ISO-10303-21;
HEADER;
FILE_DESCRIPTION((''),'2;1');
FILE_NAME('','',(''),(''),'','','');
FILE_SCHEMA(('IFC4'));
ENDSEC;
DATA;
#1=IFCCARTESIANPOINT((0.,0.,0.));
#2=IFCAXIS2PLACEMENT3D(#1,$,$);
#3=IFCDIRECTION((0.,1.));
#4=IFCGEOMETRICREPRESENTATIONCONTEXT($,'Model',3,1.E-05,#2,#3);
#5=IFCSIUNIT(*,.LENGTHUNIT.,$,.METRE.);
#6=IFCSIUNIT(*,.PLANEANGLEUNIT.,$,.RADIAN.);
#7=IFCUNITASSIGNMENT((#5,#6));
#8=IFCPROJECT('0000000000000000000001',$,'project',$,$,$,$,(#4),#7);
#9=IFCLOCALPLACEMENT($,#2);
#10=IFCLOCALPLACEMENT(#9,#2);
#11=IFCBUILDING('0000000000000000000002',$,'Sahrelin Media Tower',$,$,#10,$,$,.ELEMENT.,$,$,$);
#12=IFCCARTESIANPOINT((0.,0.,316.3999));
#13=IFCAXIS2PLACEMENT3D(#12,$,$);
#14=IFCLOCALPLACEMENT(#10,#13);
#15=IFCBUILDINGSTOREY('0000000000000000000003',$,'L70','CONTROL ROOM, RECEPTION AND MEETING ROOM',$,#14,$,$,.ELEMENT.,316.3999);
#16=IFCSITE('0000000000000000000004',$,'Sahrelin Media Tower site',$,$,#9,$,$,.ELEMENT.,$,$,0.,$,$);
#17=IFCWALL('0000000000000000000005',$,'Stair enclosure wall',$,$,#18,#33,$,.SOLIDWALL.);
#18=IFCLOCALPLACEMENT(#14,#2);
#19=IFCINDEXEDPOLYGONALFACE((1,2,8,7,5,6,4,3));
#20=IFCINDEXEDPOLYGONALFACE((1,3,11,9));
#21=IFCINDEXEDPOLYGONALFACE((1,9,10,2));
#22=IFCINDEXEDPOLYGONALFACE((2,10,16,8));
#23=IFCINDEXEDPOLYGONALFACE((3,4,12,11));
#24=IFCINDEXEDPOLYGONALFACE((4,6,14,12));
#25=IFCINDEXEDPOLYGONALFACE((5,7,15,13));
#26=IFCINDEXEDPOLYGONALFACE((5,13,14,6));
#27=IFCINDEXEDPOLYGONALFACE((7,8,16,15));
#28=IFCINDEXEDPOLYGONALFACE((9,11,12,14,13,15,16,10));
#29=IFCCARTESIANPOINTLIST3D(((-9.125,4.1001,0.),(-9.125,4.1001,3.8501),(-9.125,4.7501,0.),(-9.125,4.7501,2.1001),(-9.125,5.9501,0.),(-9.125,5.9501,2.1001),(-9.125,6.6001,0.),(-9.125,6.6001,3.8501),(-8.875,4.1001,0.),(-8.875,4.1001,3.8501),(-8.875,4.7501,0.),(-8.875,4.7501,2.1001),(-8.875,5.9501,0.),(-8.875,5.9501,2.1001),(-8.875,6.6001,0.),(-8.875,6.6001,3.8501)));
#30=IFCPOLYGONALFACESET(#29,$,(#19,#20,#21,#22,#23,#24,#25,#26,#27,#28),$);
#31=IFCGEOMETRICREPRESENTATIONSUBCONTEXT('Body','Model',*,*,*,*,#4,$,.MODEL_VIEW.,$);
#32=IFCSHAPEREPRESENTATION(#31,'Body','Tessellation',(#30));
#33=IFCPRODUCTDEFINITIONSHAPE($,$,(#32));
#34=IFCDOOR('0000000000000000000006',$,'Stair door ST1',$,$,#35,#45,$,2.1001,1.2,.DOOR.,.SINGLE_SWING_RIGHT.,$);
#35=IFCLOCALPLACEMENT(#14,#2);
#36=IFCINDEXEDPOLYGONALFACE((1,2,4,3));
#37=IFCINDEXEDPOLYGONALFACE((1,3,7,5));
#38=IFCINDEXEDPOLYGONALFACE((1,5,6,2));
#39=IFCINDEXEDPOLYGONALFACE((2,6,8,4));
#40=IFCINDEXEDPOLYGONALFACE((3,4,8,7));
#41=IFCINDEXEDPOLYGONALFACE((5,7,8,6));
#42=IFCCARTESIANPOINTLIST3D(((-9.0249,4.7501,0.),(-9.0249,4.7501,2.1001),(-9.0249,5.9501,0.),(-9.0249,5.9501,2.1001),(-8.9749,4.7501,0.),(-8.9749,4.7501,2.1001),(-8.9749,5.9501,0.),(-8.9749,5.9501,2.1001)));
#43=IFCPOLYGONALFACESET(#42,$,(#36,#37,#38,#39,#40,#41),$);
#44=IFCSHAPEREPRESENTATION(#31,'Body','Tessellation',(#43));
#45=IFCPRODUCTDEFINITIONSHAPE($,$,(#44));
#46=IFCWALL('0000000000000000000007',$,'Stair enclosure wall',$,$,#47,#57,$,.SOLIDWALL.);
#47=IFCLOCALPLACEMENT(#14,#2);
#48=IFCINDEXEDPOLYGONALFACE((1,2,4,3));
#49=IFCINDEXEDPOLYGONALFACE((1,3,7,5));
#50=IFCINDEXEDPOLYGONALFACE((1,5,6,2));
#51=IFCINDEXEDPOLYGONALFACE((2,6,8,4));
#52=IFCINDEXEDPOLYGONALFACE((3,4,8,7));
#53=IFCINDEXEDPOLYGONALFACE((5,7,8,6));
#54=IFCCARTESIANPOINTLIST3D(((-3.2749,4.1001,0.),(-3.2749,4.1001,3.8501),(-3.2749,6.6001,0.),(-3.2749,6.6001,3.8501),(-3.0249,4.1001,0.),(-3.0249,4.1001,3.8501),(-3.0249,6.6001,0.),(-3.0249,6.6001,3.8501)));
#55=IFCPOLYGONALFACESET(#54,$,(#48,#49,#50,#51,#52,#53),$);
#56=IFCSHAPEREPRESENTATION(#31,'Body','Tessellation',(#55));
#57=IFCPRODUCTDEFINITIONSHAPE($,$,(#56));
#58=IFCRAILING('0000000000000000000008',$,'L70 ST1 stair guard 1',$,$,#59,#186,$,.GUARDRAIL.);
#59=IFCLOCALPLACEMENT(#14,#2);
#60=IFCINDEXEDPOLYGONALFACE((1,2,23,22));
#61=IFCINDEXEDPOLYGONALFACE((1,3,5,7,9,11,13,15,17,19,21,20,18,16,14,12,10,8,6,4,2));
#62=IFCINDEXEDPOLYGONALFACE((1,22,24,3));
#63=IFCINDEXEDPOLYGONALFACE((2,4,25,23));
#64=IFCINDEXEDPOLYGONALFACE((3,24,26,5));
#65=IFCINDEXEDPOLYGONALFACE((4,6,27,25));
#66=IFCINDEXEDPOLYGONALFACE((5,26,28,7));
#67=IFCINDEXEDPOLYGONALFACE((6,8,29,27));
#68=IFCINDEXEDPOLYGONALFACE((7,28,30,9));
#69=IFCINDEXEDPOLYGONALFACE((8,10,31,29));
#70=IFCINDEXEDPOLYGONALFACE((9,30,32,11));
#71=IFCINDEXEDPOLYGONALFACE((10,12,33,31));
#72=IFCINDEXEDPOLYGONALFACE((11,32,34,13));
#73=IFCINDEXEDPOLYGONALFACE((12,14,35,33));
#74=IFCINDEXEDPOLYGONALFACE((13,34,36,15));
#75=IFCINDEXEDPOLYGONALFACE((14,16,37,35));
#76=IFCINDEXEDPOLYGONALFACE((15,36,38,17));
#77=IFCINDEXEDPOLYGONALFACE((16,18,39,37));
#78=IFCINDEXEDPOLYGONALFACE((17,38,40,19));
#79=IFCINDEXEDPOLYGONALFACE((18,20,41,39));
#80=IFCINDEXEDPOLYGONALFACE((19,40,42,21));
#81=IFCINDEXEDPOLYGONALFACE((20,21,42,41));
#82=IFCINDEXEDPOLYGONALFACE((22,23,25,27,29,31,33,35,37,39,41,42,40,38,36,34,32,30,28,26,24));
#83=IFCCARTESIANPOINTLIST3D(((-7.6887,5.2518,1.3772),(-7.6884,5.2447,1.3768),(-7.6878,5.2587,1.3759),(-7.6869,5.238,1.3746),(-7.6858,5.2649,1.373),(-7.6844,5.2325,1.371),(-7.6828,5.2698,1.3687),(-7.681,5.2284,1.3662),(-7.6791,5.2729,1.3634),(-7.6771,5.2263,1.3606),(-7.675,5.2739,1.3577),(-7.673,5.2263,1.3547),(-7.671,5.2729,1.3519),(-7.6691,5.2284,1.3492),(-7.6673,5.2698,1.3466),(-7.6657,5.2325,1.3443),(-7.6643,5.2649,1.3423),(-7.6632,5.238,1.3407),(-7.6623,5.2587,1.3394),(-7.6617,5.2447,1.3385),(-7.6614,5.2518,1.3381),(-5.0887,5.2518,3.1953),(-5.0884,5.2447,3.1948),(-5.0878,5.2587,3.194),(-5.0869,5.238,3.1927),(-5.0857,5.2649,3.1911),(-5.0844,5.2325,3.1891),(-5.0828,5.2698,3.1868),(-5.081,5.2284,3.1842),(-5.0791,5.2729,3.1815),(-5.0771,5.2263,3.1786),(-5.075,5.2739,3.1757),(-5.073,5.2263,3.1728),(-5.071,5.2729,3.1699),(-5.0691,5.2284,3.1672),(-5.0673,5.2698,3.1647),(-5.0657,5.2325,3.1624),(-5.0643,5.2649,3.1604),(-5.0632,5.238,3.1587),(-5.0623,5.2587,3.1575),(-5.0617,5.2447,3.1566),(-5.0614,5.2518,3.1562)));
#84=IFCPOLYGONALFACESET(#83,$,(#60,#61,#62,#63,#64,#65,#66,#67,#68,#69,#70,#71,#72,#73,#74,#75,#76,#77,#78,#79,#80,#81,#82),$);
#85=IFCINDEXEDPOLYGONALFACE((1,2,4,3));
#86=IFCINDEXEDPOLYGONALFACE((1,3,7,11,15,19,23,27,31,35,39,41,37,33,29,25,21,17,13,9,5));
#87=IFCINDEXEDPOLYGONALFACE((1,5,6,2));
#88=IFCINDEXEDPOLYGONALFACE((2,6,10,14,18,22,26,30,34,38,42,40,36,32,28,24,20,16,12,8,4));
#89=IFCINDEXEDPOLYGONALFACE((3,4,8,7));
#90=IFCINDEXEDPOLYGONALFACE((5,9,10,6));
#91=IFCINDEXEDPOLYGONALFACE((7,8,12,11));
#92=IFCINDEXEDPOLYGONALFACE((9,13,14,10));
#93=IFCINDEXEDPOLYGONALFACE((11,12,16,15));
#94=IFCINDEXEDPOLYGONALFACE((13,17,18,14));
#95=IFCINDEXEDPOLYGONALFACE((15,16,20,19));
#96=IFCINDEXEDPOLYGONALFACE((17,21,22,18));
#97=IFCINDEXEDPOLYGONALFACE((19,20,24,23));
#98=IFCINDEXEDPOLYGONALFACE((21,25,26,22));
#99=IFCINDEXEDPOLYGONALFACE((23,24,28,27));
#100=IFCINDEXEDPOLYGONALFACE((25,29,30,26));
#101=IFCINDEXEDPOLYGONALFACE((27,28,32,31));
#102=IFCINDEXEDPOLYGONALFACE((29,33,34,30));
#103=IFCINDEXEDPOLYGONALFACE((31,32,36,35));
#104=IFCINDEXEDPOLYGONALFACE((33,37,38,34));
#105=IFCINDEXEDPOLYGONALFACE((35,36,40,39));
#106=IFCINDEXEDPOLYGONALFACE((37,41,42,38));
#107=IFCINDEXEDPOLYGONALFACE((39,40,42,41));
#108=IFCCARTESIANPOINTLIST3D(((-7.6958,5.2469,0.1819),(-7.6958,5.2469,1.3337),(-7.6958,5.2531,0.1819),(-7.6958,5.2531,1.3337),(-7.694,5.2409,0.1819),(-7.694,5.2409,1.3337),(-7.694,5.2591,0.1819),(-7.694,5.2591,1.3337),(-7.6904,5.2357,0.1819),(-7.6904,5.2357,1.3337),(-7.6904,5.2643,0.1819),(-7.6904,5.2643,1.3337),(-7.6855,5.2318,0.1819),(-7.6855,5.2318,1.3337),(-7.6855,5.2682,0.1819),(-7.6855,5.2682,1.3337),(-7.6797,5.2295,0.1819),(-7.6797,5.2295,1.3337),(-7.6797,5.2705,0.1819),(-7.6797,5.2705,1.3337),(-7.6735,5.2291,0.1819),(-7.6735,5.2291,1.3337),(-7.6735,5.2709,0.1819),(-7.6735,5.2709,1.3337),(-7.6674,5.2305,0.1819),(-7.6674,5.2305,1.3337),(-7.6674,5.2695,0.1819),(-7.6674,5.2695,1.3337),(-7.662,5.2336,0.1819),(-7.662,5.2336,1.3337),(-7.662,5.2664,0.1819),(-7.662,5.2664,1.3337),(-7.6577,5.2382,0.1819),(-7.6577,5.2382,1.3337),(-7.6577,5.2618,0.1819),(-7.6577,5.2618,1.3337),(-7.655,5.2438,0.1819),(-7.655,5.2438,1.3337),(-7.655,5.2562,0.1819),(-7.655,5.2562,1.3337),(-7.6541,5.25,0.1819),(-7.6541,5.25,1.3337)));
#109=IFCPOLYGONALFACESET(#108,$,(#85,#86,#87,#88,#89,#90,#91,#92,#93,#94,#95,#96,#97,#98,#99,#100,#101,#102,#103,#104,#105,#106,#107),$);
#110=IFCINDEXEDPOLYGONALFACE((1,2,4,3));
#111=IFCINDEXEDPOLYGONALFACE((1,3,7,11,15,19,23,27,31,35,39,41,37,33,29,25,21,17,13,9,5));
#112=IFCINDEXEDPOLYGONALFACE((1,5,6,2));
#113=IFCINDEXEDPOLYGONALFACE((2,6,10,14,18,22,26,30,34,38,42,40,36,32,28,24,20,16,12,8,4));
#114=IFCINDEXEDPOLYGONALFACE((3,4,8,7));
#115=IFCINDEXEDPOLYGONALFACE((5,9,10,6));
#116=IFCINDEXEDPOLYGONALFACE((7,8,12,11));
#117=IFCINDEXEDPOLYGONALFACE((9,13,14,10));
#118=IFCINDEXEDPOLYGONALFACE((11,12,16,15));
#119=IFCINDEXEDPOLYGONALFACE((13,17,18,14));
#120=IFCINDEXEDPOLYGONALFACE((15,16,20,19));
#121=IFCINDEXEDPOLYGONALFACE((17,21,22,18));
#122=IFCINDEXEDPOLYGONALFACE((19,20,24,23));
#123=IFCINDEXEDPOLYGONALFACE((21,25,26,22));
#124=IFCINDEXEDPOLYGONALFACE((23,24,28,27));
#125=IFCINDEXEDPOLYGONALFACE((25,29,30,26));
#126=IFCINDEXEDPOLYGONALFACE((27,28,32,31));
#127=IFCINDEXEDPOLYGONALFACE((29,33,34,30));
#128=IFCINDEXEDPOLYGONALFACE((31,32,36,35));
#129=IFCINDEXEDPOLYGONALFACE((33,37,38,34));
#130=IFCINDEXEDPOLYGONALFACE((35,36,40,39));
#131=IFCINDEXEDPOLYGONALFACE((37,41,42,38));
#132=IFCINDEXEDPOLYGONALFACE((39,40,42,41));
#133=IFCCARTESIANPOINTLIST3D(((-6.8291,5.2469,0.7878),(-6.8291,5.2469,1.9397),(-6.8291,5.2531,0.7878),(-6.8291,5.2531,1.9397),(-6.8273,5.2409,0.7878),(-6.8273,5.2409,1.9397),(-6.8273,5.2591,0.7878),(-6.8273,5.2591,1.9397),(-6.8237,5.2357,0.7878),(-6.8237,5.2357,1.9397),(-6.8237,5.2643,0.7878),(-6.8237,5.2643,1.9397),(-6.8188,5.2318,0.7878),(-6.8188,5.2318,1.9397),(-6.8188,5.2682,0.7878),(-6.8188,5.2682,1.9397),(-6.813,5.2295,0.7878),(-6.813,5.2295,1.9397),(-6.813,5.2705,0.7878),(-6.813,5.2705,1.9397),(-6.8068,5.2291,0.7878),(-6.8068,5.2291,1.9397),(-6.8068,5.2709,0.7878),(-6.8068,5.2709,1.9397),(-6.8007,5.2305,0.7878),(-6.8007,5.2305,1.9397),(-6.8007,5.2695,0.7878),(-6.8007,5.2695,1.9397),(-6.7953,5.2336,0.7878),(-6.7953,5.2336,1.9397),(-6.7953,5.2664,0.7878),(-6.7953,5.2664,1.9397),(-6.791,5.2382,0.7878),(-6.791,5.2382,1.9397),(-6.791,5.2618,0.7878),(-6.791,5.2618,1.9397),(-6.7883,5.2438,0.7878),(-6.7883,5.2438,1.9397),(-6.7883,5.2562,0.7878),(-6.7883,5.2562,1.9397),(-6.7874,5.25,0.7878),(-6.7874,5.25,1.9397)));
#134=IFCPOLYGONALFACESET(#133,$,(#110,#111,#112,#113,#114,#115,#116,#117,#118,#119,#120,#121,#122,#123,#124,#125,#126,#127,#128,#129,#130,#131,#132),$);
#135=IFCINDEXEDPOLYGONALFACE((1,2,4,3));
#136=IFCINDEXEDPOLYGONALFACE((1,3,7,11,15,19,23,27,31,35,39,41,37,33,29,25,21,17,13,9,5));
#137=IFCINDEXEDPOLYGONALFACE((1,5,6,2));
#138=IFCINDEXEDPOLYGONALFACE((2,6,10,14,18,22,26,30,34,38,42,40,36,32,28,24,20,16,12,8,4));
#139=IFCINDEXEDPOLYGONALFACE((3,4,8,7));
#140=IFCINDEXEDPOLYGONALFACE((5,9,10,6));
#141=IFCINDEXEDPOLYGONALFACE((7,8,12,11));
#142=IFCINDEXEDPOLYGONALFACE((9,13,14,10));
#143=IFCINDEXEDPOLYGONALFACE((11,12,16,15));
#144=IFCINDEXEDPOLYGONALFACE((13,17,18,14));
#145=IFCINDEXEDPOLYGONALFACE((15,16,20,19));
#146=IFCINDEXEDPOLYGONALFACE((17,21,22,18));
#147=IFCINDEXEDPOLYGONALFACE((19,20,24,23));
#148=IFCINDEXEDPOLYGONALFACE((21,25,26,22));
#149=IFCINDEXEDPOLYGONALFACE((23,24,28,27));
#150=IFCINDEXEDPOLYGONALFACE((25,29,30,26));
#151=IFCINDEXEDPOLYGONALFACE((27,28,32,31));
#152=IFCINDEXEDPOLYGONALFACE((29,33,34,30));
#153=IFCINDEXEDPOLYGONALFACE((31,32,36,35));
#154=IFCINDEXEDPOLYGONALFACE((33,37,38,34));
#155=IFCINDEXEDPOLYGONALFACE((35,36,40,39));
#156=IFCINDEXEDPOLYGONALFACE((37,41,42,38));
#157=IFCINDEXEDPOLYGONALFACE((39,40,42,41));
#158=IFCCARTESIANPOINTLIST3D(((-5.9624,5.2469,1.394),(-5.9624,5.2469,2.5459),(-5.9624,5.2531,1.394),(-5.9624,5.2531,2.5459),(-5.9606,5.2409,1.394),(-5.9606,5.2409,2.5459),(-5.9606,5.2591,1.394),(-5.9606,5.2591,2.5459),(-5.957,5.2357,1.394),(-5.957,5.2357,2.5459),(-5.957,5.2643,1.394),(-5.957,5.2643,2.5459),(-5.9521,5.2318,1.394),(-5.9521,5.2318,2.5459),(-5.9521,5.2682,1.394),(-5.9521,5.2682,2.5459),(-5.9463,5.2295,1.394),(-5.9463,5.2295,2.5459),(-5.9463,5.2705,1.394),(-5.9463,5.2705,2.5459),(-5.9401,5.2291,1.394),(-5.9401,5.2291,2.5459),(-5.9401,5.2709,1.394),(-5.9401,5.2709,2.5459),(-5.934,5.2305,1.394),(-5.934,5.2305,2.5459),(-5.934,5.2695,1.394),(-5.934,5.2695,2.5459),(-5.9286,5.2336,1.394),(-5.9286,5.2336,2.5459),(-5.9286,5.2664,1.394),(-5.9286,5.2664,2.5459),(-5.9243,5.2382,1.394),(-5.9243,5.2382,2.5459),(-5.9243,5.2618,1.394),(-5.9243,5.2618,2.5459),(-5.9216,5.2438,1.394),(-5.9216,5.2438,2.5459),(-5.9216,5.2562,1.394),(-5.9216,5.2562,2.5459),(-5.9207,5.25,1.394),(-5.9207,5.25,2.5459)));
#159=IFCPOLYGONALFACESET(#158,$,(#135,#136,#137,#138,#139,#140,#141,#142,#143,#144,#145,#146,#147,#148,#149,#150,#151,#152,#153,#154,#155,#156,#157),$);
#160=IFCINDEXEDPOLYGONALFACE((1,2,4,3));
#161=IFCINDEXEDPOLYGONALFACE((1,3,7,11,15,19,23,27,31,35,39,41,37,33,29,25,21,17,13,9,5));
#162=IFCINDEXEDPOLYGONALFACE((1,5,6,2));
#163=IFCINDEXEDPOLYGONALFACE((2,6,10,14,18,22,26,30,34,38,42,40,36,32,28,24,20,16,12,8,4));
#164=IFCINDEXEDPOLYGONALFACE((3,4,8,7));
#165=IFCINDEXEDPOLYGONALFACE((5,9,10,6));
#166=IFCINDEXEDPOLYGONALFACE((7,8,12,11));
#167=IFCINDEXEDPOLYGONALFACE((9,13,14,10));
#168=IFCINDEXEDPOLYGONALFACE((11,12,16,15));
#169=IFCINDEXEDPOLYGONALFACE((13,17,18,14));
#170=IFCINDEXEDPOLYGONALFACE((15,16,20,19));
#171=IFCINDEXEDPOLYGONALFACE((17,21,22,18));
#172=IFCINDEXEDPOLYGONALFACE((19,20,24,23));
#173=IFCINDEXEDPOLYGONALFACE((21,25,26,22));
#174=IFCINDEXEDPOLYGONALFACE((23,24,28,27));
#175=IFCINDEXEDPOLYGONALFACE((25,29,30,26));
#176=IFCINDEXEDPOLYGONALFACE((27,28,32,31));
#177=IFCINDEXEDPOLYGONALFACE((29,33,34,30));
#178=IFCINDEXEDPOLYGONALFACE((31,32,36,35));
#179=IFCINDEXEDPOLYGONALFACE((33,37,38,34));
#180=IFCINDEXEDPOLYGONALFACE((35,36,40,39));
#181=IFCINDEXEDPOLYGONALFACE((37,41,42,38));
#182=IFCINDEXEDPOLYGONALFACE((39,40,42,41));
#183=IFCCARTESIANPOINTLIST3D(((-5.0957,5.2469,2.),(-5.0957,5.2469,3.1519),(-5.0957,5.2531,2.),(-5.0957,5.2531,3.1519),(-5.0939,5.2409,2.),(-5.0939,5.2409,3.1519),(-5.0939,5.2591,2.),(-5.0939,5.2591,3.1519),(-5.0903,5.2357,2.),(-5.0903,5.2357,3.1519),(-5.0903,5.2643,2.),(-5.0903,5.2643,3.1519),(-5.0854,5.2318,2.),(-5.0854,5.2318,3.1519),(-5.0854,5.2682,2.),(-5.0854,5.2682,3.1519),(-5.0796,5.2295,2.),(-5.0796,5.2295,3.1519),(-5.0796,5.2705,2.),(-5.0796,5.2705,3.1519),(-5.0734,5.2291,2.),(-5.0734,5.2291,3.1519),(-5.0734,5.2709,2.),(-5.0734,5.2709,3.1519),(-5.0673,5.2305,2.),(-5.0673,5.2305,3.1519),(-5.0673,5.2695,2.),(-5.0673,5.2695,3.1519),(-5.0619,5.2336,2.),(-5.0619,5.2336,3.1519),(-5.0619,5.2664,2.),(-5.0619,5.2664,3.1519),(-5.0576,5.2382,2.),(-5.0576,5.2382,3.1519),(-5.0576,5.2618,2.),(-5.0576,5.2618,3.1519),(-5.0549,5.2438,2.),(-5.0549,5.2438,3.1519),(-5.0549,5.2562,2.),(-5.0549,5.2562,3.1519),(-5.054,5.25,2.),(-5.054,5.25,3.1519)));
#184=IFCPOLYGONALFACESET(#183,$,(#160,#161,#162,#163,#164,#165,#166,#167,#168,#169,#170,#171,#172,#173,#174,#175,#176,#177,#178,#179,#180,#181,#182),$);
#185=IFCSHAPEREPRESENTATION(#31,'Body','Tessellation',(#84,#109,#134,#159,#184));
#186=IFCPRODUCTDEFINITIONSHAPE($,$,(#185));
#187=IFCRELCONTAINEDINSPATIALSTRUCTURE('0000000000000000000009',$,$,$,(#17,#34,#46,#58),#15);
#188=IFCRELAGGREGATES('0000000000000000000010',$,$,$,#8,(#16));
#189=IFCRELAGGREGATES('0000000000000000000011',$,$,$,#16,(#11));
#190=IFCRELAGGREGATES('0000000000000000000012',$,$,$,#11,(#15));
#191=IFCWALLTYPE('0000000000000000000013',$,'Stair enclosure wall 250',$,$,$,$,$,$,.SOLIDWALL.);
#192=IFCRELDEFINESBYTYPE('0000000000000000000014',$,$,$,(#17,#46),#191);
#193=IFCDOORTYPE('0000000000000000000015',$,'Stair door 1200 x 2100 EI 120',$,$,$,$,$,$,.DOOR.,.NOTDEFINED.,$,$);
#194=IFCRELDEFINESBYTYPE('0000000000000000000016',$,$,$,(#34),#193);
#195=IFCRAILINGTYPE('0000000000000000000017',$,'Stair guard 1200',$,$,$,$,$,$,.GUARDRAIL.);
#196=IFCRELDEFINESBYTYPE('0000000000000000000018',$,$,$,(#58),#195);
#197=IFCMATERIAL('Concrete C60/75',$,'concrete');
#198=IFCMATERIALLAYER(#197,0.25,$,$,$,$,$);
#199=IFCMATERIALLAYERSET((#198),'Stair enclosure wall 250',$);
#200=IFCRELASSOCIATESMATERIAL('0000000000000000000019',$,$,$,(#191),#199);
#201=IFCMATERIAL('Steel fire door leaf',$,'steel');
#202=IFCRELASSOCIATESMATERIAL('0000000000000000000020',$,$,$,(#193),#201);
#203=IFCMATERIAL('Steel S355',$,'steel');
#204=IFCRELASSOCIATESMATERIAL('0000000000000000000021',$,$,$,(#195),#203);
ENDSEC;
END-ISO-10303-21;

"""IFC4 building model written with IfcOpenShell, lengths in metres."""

from ifc_helpers import new_model, si_unit, direction, frame, frame_2d, origin, origin_2d, place, context, subcontext, project, spatial, rectangle, circle, extrude, material, layer, layer_set, type_object, element, fill, save


model = new_model("IFC4")

# Units and contexts
model_context = context("Model", 3, precision=1e-05, world=origin(), true_north=direction((0.0, 1.0)))
body_context = subcontext(model_context, "Body", "Model", "MODEL_VIEW")
ifc_project = project(units=[si_unit("LENGTHUNIT", "METRE"), si_unit("PLANEANGLEUNIT", "RADIAN")], contexts=[model_context])

# Site, building, storey
site_placement = place(None, origin())
site = spatial("IfcSite", under=ifc_project, at=site_placement, Name="Sahrelin Media Tower site", CompositionType="ELEMENT", RefElevation=0.0)
building_placement = place(site_placement, origin())
building = spatial("IfcBuilding", under=site, at=building_placement, Name="Sahrelin Media Tower", CompositionType="ELEMENT")
storey_placement = place(building_placement, frame((0.0, 0.0, 316.3999)))
storey = spatial("IfcBuildingStorey", under=building, at=storey_placement, Name="L70", Description="CONTROL ROOM, RECEPTION AND MEETING ROOM", CompositionType="ELEMENT", Elevation=316.3999)

# Shared definitions
ifc_material_1 = material(Name="Steel S355", Category="steel")

# Shared definitions
ifc_material_2 = material(Name="Concrete C60/75", Category="concrete")

# Shared definitions
ifc_material_3 = material(Name="Steel fire door leaf", Category="steel")

# Wall, opening, door
ifc_layer_1 = layer(ifc_material_2, 0.25)
ifc_layer_set_1 = layer_set([ifc_layer_1], Name="Stair enclosure wall 250")
wall_type_1 = type_object("IfcWallType", Name="Stair enclosure wall 250", PredefinedType="SOLIDWALL", material=ifc_layer_set_1)
wall_1_placement = place(storey_placement, frame((-9.0, 4.1001, 0.0), z_axis=(0.0, 0.0, 1.0), x_axis=(0.0, 1.0, 0.0)))
wall_1 = element("IfcWall", 1, at=wall_1_placement, inside=storey, type_object=wall_type_1, Name="Stair enclosure wall", PredefinedType="SOLIDWALL", context=body_context, shape_type="SweptSolid", body=[
    extrude(rectangle(XDim=2.5, YDim=0.25, at=frame_2d((1.25, 0.0))), origin(), (0.0, 0.0, 1.0), 3.8501),
])
opening_1_placement = place(wall_1_placement, frame((0.6499, 0.0, 0.0)))
opening_1 = element("IfcOpeningElement", 2, at=opening_1_placement, cuts=wall_1, PredefinedType="OPENING", context=body_context, shape_type="SweptSolid", body=[
    extrude(rectangle(XDim=1.2, YDim=2.1001, at=frame_2d((0.6001, 1.05))), frame((0.0, 0.125, 0.0), z_axis=(0.0, -1.0, 0.0), x_axis=(1.0, 0.0, 0.0)), (0.0, 0.0, 1.0), 0.25),
])
door_type_1 = type_object("IfcDoorType", Name="Stair door 1200 x 2100 EI 120", OperationType="NOTDEFINED", PredefinedType="DOOR", material=ifc_material_3)
door_1_placement = place(opening_1_placement, origin())
door_1 = element("IfcDoor", 3, at=door_1_placement, inside=storey, type_object=door_type_1, Name="Stair door ST1", OperationType="SINGLE_SWING_RIGHT", OverallHeight=2.1001, OverallWidth=1.2, PredefinedType="DOOR", context=body_context, shape_type="SweptSolid", body=[
    extrude(rectangle(XDim=1.2, YDim=2.1001, at=frame_2d((0.6001, 1.05))), frame((0.0, 0.0249, 0.0), z_axis=(0.0, -1.0, 0.0), x_axis=(1.0, 0.0, 0.0)), (0.0, 0.0, 1.0), 0.05),
])
fill(opening_1, door_1)

# Wall
wall_2_placement = place(storey_placement, frame((-3.1499, 4.1001, 0.0), z_axis=(0.0, 0.0, 1.0), x_axis=(0.0, 1.0, 0.0)))
element("IfcWall", 4, at=wall_2_placement, inside=storey, type_object=wall_type_1, Name="Stair enclosure wall", PredefinedType="SOLIDWALL", context=body_context, shape_type="SweptSolid", body=[
    extrude(rectangle(XDim=2.5, YDim=0.25, at=frame_2d((1.25, 0.0))), origin(), (0.0, 0.0, 1.0), 3.8501),
])

# Railing
railing_type_1 = type_object("IfcRailingType", Name="Stair guard 1200", PredefinedType="GUARDRAIL", material=ifc_material_1)
railing_1_placement = place(storey_placement, frame((-7.675, 5.25, 0.1819)))
element("IfcRailing", 5, at=railing_1_placement, inside=storey, type_object=railing_type_1, Name="L70 ST1 stair guard 1", PredefinedType="GUARDRAIL", context=body_context, shape_type="SweptSolid", body=[
    extrude(circle(Radius=0.0239, at=origin_2d()), frame((0.0, 0.0, 1.1758), z_axis=(0.819521, 0.0, 0.573049), x_axis=(0.0, 1.0, 0.0)), (0.0, 0.0, 1.0), 3.1726),
    extrude(circle(Radius=0.021, at=origin_2d()), origin(), (0.0, 0.0, 1.0), 1.1519),
    extrude(circle(Radius=0.021, at=origin_2d()), frame((0.8667, 0.0, 0.606)), (0.0, 0.0, 1.0), 1.1519),
    extrude(circle(Radius=0.021, at=origin_2d()), frame((1.7334, 0.0, 1.2122)), (0.0, 0.0, 1.0), 1.1519),
    extrude(circle(Radius=0.021, at=origin_2d()), frame((2.6001, 0.0, 1.8181)), (0.0, 0.0, 1.0), 1.1519),
])

save(model, "model.ifc")
